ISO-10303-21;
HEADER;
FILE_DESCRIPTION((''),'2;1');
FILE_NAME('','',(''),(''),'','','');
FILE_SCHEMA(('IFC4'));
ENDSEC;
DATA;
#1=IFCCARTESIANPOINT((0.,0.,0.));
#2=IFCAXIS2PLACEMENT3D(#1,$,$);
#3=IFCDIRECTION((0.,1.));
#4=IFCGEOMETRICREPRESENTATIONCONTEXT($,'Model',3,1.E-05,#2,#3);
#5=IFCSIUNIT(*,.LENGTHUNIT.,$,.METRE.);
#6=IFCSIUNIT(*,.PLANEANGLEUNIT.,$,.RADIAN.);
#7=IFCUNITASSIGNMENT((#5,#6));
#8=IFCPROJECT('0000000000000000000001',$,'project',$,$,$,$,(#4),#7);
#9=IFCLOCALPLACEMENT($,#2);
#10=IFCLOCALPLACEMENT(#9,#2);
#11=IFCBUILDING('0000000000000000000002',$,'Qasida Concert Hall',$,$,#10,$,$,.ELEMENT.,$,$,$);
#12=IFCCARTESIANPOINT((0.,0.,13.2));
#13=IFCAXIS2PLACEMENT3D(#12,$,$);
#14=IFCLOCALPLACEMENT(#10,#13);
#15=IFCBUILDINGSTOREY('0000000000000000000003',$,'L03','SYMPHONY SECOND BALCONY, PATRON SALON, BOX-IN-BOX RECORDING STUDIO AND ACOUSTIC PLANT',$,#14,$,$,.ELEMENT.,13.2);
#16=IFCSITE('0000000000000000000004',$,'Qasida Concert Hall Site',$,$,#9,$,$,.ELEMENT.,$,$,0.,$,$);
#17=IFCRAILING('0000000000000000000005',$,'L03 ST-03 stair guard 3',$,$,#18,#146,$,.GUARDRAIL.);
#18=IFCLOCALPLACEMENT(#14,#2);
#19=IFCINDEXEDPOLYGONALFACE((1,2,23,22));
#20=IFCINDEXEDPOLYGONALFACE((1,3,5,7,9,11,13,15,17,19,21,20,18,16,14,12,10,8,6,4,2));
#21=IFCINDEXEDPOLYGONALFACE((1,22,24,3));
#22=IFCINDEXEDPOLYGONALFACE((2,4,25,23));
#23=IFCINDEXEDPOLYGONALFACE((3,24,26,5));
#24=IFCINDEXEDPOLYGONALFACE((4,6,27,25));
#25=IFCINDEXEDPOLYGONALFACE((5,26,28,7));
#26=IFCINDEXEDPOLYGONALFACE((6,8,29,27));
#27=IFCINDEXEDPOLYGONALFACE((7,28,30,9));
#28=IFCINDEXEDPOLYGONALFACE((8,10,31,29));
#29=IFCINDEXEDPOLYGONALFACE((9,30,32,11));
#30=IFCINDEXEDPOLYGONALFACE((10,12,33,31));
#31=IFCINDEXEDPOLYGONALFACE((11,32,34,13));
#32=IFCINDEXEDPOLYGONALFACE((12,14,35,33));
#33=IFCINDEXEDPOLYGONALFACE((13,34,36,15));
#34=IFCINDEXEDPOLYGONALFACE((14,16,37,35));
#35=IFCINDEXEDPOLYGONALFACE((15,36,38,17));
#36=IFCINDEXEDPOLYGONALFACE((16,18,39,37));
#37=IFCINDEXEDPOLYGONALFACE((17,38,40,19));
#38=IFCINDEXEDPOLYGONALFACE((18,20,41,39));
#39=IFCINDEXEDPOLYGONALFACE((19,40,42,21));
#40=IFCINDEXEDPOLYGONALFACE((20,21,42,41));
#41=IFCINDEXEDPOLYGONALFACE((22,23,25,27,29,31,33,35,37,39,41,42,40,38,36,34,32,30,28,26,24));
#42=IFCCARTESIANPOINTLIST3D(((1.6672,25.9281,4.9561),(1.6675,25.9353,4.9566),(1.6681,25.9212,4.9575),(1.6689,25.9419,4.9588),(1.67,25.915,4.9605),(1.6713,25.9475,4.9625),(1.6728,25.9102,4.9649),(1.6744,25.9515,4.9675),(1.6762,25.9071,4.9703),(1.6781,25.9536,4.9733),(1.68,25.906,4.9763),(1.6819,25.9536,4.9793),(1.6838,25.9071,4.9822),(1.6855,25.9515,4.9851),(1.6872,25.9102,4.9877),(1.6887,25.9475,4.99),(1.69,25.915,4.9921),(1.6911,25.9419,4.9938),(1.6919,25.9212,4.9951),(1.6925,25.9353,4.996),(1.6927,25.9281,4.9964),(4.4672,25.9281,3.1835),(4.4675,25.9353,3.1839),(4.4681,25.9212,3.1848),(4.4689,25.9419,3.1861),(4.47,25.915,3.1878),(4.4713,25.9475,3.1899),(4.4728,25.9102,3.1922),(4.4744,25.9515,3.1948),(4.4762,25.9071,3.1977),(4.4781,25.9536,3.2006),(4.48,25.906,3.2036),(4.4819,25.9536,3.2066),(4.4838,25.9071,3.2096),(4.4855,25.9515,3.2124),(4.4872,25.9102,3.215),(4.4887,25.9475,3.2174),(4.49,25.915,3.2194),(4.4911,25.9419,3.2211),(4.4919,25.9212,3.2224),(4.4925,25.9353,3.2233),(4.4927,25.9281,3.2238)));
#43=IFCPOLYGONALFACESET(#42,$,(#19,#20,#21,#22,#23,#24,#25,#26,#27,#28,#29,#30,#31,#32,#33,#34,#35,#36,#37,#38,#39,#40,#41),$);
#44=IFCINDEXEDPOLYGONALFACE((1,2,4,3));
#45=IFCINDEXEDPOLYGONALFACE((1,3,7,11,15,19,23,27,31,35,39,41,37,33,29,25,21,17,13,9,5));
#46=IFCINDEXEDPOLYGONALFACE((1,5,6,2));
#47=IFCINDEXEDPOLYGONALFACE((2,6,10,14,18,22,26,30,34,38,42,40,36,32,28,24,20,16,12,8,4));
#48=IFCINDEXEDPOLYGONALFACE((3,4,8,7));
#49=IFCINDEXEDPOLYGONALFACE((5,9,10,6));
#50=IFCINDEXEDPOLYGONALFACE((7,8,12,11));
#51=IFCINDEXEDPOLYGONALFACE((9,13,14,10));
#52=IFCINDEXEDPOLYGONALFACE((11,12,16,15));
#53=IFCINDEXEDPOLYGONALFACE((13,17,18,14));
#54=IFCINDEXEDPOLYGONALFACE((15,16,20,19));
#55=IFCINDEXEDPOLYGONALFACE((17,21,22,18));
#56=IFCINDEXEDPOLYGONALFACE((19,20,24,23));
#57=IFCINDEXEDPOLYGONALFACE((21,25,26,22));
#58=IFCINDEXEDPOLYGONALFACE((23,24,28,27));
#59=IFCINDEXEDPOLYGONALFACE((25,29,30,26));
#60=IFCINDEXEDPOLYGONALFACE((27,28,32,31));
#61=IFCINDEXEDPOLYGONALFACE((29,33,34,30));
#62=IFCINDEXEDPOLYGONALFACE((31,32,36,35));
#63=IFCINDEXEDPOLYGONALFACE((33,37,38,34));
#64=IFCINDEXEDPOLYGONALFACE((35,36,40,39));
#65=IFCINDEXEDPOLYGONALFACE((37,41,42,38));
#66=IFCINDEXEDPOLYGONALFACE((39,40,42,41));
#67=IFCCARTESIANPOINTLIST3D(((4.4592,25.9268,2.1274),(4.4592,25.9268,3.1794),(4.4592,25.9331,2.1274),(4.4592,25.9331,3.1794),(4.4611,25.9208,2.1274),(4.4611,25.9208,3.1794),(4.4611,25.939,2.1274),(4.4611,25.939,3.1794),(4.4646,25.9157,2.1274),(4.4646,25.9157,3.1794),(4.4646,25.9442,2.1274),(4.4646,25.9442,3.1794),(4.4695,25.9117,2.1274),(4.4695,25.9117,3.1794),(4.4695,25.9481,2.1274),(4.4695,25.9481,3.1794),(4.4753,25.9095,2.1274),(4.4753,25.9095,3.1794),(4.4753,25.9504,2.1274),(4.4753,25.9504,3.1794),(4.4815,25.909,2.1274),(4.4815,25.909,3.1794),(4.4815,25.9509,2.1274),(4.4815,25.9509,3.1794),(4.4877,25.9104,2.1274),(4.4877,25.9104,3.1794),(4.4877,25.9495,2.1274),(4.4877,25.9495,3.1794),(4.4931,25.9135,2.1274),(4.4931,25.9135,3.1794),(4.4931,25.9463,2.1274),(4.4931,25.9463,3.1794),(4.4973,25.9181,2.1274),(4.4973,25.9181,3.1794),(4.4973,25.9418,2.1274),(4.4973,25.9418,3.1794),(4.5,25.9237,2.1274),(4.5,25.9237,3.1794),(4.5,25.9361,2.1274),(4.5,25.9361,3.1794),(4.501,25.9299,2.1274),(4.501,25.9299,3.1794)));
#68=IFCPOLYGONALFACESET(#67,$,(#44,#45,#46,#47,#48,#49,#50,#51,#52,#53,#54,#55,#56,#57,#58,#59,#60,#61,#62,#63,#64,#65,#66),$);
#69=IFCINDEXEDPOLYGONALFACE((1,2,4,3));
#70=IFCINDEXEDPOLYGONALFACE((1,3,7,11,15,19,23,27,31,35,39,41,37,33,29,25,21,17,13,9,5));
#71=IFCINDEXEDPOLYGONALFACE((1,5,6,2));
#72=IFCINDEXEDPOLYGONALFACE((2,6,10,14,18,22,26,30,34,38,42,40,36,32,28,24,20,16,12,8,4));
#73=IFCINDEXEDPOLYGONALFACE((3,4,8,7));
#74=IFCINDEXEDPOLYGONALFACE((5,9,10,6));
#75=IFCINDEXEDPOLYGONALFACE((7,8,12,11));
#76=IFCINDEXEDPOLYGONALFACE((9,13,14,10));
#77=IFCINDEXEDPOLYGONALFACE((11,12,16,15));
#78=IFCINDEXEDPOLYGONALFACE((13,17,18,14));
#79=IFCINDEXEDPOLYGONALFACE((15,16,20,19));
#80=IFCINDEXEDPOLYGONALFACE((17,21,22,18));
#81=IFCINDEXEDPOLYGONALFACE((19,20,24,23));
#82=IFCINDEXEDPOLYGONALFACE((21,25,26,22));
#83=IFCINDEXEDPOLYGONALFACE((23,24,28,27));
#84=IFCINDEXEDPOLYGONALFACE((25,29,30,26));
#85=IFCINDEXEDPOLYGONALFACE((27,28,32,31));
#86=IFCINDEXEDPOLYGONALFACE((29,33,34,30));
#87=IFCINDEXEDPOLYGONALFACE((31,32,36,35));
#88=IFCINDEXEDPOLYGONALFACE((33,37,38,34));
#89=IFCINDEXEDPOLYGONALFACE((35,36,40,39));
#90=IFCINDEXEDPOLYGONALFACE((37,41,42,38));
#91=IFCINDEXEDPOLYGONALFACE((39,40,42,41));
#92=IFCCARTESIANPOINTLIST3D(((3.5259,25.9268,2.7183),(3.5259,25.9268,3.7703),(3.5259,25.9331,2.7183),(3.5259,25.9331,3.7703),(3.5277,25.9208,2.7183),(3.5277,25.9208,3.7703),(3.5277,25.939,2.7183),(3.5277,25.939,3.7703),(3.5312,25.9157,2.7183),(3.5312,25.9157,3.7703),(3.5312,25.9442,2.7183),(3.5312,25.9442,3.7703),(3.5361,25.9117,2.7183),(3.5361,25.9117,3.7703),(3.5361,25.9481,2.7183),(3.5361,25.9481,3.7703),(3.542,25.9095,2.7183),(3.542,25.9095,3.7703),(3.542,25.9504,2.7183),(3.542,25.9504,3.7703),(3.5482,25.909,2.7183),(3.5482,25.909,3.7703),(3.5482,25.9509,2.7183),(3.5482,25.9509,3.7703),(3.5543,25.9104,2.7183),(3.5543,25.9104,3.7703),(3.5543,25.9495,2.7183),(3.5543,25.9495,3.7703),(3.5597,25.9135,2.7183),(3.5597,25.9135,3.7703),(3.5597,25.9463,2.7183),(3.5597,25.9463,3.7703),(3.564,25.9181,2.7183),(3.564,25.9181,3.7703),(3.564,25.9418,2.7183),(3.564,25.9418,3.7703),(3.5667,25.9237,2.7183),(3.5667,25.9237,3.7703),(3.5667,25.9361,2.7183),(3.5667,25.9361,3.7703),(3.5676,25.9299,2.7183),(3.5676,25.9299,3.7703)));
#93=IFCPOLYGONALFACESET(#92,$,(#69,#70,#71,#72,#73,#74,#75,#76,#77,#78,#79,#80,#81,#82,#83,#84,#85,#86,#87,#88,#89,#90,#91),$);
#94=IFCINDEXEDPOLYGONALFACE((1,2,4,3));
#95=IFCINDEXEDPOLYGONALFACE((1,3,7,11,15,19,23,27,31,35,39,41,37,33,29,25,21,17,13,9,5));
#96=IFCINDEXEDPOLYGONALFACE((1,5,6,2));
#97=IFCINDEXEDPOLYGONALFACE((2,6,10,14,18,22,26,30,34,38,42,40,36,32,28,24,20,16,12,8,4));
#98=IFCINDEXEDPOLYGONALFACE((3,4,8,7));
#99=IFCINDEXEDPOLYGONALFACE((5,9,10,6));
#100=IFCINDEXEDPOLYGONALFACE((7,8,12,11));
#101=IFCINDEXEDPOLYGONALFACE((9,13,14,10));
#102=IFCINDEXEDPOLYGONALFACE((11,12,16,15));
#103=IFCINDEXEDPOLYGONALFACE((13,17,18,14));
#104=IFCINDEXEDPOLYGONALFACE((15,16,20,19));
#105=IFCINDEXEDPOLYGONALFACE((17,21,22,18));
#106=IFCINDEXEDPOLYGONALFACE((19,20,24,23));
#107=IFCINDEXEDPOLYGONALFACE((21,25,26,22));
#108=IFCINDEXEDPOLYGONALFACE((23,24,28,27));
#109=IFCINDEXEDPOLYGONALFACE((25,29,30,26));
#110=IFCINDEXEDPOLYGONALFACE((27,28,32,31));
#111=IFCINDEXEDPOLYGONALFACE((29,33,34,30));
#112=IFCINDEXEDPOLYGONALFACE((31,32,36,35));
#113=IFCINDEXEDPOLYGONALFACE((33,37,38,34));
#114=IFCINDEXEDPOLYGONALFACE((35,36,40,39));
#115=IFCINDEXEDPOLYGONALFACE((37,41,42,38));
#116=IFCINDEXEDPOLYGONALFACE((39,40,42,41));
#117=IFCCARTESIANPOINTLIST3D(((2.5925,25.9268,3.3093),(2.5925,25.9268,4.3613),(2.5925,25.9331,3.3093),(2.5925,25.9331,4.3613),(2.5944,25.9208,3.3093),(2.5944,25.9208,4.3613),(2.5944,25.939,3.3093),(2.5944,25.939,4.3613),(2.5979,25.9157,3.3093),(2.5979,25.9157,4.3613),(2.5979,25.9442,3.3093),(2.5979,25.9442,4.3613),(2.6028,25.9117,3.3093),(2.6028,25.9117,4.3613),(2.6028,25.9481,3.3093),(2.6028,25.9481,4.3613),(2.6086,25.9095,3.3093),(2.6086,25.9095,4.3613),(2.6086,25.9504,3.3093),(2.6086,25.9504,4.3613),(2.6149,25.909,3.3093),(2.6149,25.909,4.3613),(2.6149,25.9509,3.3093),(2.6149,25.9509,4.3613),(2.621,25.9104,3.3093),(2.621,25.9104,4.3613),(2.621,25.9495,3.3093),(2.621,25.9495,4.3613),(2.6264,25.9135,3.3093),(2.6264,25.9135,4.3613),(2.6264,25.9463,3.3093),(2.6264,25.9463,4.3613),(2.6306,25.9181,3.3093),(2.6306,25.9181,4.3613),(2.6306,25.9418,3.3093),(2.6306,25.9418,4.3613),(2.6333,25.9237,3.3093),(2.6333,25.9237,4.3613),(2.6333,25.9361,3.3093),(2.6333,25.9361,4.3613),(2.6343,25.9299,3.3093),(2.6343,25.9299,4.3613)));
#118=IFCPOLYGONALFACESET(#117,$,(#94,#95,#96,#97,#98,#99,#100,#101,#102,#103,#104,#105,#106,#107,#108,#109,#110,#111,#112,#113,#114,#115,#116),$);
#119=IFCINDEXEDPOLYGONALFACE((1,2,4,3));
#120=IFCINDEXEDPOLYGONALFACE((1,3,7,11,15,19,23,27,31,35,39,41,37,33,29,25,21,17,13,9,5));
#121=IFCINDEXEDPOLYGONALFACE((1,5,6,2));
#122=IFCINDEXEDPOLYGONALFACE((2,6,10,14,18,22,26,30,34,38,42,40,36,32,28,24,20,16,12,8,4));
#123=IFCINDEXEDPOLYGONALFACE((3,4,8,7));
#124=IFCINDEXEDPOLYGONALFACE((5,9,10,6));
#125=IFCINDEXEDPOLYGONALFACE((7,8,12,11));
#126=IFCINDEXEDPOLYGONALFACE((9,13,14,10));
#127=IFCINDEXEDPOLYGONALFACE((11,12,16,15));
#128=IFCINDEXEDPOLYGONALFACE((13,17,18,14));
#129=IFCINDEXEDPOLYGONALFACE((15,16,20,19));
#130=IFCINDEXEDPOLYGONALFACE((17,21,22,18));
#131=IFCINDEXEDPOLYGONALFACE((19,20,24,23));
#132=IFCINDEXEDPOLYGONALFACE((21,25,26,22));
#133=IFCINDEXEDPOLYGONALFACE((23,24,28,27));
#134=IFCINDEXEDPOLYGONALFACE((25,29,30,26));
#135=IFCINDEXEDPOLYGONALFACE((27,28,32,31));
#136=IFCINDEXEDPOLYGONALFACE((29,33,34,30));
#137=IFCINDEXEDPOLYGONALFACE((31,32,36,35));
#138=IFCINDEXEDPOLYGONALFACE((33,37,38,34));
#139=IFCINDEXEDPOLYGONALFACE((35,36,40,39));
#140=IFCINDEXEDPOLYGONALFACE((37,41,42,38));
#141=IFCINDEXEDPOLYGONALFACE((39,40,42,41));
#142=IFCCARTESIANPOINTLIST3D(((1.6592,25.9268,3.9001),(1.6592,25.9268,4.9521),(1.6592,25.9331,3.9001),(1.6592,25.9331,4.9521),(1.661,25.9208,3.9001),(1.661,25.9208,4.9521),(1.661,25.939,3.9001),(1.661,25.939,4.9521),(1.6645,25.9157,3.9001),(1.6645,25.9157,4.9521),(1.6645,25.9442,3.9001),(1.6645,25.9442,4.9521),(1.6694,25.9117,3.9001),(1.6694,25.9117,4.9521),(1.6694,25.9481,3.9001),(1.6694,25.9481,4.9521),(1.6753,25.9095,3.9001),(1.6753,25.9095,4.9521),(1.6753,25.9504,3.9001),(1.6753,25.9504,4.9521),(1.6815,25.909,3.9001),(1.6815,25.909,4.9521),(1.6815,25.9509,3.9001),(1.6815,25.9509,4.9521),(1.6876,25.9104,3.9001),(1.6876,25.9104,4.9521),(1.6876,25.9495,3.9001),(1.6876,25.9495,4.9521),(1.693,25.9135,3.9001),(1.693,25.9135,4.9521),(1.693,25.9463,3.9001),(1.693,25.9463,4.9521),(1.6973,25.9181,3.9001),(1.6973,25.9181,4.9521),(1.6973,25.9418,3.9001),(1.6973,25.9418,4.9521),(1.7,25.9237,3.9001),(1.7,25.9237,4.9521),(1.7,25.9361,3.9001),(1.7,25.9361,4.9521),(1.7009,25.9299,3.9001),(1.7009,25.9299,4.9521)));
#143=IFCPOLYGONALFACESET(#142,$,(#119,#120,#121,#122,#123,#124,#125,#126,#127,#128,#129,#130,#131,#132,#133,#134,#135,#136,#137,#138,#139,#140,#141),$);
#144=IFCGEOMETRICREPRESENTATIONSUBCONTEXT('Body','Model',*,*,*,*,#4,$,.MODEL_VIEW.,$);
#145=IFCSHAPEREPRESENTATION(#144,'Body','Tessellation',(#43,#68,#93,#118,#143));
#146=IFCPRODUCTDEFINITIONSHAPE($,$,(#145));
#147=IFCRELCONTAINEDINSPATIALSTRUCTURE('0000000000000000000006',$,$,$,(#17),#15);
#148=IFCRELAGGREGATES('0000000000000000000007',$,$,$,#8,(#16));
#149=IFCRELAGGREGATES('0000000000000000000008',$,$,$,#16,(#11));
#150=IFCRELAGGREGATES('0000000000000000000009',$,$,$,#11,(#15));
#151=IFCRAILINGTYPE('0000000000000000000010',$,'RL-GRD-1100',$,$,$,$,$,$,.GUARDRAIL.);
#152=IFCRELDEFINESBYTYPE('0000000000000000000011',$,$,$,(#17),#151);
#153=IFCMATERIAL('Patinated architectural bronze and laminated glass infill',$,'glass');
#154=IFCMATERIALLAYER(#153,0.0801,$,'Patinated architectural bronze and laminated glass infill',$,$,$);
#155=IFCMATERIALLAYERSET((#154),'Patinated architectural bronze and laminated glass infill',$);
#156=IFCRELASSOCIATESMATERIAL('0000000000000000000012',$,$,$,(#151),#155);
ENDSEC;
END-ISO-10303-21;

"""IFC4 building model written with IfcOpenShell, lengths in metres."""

from ifc_helpers import new_model, si_unit, direction, frame, origin, origin_2d, place, context, subcontext, project, spatial, circle, extrude, material, layer, layer_set, type_object, element, save


model = new_model("IFC4")

# Units and contexts
model_context = context("Model", 3, precision=1e-05, world=origin(), true_north=direction((0.0, 1.0)))
body_context = subcontext(model_context, "Body", "Model", "MODEL_VIEW")
ifc_project = project(units=[si_unit("LENGTHUNIT", "METRE"), si_unit("PLANEANGLEUNIT", "RADIAN")], contexts=[model_context])

# Site, building, storey
site_placement = place(None, origin())
site = spatial("IfcSite", under=ifc_project, at=site_placement, Name="Qasida Concert Hall Site", CompositionType="ELEMENT", RefElevation=0.0)
building_placement = place(site_placement, origin())
building = spatial("IfcBuilding", under=site, at=building_placement, Name="Qasida Concert Hall", CompositionType="ELEMENT")
storey_placement = place(building_placement, frame((0.0, 0.0, 13.2)))
storey = spatial("IfcBuildingStorey", under=building, at=storey_placement, Name="L03", Description="SYMPHONY SECOND BALCONY, PATRON SALON, BOX-IN-BOX RECORDING STUDIO AND ACOUSTIC PLANT", CompositionType="ELEMENT", Elevation=13.2)

# Railing
ifc_material_1 = material(Name="Patinated architectural bronze and laminated glass infill", Category="glass")
ifc_layer_1 = layer(ifc_material_1, 0.0801, Name="Patinated architectural bronze and laminated glass infill")
ifc_layer_set_1 = layer_set([ifc_layer_1], Name="Patinated architectural bronze and laminated glass infill")
railing_type_1 = type_object("IfcRailingType", Name="RL-GRD-1100", PredefinedType="GUARDRAIL", material=ifc_layer_set_1)
railing_1_placement = place(storey_placement, frame((4.48, 25.9299, 2.1274)))
element("IfcRailing", 1, at=railing_1_placement, inside=storey, type_object=railing_type_1, Name="L03 ST-03 stair guard 3", PredefinedType="GUARDRAIL", context=body_context, shape_type="SweptSolid", body=[
    extrude(circle(Radius=0.0239, at=origin_2d()), frame((0.0, 0.0, 1.0762), z_axis=(-0.844909, 0.0, 0.53491), x_axis=(0.0, -1.0, 0.0)), (0.0, 0.0, 1.0), 3.314),
    extrude(circle(Radius=0.021, at=origin_2d()), origin(), (0.0, 0.0, 1.0), 1.052),
    extrude(circle(Radius=0.021, at=origin_2d()), frame((-0.9333, 0.0, 0.5908)), (0.0, 0.0, 1.0), 1.052),
    extrude(circle(Radius=0.021, at=origin_2d()), frame((-1.8667, 0.0, 1.1819)), (0.0, 0.0, 1.0), 1.052),
    extrude(circle(Radius=0.021, at=origin_2d()), frame((-2.8, 0.0, 1.7727)), (0.0, 0.0, 1.0), 1.052),
])

save(model, "model.ifc")
